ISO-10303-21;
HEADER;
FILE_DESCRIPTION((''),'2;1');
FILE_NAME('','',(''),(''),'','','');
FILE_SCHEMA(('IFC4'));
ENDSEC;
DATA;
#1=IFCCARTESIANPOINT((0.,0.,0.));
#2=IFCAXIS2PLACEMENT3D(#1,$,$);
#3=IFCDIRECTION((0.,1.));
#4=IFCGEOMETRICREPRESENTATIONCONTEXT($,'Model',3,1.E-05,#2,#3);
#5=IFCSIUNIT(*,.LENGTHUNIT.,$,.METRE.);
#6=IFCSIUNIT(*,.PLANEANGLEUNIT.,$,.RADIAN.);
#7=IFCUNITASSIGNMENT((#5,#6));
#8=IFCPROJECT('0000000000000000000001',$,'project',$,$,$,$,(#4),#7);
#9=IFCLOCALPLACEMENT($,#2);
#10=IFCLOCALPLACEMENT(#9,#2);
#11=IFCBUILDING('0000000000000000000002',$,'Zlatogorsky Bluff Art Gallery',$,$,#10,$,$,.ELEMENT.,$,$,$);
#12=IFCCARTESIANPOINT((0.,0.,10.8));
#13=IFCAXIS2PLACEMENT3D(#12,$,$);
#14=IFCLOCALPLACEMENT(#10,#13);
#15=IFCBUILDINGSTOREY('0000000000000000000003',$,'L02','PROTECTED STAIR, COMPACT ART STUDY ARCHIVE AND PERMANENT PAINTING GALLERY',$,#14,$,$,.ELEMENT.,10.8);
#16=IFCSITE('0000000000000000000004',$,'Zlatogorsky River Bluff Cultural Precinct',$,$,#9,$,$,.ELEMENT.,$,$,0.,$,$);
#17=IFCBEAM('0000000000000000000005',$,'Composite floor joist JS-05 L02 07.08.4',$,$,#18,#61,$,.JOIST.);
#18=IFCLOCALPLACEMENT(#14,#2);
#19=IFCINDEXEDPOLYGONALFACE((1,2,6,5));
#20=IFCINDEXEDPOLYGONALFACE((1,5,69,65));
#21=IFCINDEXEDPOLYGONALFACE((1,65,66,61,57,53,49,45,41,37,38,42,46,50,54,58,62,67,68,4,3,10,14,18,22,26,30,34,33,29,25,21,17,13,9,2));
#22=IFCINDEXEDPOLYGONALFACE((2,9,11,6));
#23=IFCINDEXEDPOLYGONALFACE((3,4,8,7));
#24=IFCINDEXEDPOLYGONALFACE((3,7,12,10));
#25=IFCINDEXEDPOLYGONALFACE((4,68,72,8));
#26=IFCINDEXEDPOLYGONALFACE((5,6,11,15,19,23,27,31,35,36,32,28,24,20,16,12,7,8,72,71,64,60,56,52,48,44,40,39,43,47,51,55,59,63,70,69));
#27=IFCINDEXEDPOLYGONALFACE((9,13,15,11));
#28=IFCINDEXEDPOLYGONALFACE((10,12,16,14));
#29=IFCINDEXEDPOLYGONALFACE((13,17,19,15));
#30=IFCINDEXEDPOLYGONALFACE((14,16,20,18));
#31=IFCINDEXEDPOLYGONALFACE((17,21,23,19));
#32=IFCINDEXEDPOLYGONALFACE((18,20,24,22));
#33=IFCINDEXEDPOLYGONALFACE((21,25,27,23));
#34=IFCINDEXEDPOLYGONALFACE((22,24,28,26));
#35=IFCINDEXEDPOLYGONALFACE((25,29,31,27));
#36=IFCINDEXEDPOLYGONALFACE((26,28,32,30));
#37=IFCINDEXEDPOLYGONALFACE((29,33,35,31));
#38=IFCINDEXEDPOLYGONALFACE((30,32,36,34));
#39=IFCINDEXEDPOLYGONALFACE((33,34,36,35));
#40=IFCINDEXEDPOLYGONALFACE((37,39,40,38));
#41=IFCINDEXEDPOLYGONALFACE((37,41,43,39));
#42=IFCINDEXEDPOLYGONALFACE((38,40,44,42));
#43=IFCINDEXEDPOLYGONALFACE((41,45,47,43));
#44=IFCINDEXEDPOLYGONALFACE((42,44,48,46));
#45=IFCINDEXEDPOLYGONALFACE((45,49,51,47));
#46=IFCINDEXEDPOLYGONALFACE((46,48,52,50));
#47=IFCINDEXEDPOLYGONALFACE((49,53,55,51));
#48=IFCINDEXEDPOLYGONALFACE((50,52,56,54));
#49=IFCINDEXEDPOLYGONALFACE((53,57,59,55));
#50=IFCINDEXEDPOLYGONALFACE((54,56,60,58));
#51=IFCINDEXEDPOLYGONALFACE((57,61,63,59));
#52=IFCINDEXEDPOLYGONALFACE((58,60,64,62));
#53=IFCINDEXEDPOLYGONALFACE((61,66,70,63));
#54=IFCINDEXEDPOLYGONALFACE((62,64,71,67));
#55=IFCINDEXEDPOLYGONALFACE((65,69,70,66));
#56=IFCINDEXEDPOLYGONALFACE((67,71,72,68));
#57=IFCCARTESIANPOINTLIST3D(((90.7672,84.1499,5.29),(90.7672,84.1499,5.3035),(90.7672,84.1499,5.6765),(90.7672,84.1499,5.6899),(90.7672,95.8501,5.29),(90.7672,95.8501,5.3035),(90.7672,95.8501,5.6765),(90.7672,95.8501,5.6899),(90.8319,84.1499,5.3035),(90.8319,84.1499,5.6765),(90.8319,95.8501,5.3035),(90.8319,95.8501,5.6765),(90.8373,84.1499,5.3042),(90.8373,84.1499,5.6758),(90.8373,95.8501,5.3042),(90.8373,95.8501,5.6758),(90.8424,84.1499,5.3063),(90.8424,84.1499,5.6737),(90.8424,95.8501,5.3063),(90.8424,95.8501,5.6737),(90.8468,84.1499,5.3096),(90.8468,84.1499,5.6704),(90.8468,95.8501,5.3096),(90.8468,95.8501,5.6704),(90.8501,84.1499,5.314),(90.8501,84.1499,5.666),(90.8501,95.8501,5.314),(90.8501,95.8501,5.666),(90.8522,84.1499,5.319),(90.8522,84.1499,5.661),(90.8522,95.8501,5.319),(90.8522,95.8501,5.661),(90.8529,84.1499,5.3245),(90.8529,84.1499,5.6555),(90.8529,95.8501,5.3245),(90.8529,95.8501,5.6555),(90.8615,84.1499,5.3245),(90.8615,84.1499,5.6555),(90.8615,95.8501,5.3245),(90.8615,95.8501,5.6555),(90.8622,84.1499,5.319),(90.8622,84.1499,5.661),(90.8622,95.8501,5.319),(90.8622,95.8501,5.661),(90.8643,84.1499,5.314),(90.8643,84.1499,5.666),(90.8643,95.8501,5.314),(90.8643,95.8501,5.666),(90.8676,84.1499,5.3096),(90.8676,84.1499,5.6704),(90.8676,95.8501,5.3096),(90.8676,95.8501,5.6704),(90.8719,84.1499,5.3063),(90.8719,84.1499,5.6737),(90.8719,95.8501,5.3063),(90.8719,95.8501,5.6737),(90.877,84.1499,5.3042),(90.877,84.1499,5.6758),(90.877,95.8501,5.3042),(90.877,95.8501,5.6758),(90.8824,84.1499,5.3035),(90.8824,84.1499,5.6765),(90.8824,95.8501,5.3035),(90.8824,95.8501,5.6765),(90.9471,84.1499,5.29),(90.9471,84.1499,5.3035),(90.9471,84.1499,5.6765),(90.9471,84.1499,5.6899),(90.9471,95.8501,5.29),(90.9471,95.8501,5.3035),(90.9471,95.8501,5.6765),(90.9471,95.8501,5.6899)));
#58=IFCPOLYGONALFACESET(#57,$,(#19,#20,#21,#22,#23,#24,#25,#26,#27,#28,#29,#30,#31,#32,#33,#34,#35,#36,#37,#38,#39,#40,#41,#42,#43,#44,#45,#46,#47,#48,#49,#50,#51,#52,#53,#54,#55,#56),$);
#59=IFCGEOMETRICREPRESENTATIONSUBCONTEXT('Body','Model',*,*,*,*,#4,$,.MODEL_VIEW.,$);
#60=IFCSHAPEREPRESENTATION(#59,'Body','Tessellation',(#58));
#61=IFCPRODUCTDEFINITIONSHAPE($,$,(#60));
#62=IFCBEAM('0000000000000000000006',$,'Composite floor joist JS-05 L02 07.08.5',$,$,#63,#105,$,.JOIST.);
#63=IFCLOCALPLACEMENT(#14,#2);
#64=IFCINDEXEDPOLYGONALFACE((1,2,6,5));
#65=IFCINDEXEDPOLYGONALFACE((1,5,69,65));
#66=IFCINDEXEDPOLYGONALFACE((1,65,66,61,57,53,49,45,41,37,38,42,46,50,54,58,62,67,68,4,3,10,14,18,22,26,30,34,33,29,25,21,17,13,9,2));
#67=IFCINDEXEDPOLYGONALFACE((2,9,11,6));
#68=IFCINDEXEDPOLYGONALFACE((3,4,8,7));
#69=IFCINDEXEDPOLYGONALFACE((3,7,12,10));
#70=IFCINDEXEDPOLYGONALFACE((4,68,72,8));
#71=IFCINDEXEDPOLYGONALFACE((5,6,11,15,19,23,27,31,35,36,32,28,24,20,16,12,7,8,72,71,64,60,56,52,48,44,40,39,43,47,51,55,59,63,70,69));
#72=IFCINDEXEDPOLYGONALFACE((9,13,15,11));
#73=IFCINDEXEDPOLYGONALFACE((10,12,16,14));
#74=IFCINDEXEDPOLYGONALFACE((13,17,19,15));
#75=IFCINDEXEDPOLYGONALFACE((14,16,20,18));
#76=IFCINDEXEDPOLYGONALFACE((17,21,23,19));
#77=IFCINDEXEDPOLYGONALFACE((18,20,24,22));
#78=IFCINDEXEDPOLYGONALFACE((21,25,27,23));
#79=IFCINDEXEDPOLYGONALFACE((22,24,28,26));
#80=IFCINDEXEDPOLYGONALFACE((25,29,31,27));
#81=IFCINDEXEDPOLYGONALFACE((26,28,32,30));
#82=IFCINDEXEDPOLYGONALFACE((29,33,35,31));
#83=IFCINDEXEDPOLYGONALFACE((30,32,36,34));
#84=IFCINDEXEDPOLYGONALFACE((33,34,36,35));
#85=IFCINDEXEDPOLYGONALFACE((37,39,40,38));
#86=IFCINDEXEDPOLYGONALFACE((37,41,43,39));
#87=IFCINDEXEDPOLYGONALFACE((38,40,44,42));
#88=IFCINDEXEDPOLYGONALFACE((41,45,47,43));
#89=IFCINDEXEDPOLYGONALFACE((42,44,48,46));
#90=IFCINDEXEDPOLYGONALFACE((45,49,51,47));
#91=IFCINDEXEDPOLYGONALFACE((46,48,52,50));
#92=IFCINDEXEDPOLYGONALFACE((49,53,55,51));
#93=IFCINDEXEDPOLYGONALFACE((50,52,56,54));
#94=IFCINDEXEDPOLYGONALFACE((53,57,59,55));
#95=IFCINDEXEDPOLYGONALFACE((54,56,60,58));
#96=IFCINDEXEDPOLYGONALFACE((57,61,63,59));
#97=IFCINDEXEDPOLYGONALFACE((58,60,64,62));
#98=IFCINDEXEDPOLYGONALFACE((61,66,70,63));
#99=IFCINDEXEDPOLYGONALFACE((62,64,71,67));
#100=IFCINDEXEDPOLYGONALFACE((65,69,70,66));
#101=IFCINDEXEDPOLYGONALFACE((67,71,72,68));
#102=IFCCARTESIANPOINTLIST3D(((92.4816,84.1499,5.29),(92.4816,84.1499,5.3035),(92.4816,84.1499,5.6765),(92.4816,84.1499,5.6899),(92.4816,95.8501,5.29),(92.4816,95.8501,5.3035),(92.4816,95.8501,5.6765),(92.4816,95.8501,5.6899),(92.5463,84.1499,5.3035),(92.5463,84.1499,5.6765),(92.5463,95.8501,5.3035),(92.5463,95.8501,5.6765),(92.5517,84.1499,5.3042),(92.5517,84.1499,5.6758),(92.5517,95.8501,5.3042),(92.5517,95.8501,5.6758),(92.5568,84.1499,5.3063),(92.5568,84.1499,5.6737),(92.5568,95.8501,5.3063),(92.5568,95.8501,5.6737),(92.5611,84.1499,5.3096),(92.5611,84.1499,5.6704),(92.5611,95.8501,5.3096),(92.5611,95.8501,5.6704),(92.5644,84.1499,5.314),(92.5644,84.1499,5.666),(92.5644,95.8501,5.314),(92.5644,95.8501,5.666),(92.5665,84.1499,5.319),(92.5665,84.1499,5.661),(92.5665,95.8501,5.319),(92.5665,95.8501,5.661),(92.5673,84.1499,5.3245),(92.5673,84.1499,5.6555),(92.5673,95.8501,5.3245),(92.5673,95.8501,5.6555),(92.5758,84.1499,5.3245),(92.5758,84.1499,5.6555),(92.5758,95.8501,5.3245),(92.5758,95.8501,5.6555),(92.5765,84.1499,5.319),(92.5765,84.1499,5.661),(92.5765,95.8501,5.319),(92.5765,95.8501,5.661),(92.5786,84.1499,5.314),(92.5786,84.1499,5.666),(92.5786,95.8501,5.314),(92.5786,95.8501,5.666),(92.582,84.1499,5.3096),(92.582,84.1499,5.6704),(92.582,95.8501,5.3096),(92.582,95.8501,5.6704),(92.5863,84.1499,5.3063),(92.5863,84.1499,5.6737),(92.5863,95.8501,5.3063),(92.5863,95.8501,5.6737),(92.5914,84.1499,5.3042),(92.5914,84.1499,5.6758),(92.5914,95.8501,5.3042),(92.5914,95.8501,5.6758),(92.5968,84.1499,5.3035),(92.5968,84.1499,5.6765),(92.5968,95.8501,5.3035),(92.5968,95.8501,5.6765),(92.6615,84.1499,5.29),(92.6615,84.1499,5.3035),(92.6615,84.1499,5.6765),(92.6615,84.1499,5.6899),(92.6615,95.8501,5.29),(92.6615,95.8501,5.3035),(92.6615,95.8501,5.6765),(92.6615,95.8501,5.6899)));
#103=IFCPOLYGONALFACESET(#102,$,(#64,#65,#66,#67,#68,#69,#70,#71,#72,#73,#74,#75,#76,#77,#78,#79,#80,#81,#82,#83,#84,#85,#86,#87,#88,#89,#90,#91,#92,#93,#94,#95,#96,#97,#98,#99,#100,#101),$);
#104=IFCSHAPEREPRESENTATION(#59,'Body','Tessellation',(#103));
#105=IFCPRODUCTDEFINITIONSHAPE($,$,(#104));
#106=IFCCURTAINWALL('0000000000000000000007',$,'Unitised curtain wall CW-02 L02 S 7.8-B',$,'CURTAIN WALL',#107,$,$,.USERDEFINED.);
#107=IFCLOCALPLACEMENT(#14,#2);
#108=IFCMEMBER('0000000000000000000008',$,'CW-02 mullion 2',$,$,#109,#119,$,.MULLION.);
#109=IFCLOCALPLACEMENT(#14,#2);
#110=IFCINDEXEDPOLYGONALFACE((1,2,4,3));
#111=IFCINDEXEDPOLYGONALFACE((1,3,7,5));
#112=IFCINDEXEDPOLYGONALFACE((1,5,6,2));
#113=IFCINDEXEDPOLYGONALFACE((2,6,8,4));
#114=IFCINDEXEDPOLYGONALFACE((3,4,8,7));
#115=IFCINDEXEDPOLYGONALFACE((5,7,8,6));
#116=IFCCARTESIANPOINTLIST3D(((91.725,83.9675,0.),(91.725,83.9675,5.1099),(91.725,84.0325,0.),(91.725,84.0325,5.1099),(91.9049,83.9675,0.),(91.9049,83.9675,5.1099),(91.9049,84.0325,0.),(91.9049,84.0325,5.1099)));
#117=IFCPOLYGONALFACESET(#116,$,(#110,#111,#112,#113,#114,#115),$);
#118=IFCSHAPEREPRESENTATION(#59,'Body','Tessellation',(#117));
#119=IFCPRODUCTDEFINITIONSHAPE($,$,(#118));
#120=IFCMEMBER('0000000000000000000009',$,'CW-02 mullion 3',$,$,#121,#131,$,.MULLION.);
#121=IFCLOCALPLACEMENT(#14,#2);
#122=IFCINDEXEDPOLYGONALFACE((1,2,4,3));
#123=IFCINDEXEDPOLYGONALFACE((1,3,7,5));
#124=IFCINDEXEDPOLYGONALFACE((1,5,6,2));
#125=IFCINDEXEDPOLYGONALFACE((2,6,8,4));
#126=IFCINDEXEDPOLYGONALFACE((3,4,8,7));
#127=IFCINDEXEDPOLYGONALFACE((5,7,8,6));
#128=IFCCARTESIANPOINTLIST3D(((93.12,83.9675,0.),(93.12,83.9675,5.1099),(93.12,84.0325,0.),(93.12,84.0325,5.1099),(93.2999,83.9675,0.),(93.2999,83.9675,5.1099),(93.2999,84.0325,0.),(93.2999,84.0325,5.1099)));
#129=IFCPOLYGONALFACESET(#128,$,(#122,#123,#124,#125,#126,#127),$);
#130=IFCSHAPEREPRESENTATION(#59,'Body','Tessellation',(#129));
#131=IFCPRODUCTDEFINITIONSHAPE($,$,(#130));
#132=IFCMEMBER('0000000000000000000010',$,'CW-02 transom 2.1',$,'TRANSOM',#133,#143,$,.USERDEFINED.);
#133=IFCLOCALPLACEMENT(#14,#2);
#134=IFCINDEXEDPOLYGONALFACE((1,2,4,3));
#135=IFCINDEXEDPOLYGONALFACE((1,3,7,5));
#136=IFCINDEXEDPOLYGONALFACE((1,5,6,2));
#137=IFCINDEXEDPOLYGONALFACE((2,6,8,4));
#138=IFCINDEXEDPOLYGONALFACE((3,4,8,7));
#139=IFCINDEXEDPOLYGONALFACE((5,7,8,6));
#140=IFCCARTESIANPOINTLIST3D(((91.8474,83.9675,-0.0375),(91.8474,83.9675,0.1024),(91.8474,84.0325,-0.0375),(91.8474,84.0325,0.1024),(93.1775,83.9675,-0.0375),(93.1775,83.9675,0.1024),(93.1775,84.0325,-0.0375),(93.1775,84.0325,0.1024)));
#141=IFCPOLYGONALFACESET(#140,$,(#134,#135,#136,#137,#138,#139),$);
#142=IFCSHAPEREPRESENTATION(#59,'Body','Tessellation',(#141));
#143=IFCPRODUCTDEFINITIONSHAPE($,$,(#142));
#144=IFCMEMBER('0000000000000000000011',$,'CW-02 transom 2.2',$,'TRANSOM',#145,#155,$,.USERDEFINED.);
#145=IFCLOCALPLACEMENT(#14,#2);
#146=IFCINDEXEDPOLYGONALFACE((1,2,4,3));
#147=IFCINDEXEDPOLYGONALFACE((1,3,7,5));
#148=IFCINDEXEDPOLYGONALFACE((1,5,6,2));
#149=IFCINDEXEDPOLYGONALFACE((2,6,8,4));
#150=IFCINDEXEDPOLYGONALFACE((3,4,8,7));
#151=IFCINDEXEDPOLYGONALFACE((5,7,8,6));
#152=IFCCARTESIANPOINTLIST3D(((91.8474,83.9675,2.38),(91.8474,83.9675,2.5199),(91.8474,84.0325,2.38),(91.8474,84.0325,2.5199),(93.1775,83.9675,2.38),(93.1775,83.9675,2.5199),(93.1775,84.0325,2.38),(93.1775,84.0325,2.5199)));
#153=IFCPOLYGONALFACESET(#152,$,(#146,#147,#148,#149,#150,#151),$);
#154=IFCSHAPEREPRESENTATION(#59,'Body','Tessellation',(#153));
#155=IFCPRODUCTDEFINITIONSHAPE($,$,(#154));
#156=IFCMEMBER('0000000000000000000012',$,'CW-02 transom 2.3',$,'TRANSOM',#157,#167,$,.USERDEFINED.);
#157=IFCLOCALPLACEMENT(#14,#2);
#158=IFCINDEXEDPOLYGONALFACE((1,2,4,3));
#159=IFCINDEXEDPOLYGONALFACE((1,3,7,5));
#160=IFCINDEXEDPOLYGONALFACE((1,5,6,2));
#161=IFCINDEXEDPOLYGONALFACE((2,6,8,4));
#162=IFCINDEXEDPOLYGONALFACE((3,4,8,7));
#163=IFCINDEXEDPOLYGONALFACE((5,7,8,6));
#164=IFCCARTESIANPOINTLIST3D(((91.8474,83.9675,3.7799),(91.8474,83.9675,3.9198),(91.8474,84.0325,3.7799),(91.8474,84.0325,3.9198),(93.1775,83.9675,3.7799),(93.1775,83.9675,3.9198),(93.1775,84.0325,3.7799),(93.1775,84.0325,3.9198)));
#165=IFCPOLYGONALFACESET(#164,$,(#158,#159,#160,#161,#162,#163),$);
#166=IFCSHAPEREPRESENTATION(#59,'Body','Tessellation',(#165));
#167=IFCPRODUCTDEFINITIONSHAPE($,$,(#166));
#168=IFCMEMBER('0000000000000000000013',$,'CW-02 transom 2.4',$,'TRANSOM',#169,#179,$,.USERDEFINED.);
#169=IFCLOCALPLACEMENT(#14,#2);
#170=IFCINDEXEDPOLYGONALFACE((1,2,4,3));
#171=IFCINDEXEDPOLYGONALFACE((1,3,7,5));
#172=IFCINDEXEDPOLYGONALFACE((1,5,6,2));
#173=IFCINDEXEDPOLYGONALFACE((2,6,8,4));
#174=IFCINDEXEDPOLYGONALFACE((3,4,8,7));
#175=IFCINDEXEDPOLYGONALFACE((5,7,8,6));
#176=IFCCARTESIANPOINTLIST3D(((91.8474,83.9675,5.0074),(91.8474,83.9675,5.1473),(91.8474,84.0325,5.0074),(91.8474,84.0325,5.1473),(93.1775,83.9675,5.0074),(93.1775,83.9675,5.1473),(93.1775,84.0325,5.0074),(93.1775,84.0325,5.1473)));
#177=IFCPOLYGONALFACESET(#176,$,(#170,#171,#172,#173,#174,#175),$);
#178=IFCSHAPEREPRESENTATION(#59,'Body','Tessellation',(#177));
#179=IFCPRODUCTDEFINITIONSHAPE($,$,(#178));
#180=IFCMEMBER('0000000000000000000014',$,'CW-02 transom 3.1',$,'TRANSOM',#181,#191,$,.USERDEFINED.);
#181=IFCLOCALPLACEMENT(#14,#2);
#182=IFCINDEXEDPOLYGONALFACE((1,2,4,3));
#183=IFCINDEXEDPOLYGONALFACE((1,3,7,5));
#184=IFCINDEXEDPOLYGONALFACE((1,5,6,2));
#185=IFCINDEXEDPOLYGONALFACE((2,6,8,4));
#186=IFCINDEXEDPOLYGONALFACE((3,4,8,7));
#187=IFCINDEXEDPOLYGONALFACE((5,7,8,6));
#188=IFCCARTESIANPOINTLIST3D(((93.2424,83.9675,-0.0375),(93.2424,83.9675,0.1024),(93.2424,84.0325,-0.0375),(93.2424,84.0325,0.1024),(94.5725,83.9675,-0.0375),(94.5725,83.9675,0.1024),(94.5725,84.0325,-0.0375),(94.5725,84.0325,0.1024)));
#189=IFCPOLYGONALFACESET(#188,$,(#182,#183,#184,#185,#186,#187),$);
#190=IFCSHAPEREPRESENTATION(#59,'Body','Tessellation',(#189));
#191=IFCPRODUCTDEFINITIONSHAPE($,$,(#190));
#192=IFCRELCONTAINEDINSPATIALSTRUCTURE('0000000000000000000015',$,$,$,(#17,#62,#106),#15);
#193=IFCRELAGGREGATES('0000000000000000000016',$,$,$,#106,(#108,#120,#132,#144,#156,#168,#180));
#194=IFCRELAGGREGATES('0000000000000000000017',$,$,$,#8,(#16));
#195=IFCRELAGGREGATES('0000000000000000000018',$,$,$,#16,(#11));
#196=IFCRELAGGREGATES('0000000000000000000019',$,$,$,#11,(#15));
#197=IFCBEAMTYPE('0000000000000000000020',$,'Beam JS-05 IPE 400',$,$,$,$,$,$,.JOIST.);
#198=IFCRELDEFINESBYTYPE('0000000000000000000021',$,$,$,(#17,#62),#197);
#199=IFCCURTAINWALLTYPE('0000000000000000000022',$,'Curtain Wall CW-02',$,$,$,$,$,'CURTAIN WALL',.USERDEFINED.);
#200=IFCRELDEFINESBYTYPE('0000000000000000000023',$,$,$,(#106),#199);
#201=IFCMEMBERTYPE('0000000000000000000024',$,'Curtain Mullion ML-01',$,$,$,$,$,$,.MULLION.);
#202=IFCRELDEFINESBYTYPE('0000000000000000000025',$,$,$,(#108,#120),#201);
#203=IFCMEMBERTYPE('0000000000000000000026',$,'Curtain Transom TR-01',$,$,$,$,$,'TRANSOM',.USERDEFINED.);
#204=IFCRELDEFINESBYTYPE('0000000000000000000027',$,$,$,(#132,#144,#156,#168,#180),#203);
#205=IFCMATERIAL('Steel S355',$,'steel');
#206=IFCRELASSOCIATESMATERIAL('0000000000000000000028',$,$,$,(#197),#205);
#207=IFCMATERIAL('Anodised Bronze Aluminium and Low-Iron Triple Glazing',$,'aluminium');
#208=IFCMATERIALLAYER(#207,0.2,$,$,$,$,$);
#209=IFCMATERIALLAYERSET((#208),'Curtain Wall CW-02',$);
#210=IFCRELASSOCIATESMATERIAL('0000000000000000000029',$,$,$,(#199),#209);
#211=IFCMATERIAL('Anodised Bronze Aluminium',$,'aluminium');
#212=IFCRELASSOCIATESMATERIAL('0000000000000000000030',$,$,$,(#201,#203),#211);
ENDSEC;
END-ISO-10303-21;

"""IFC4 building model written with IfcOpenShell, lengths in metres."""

from ifc_helpers import new_model, si_unit, direction, frame, origin, origin_2d, place, context, subcontext, project, spatial, rectangle, i_section, extrude, material, layer, layer_set, material_profile, profile_set, type_object, element, aggregate, save


model = new_model("IFC4")

# Units and contexts
model_context = context("Model", 3, precision=1e-05, world=origin(), true_north=direction((0.0, 1.0)))
body_context = subcontext(model_context, "Body", "Model", "MODEL_VIEW")
ifc_project = project(units=[si_unit("LENGTHUNIT", "METRE"), si_unit("PLANEANGLEUNIT", "RADIAN")], contexts=[model_context])

# Site, building, storey
site_placement = place(None, origin())
site = spatial("IfcSite", under=ifc_project, at=site_placement, Name="Zlatogorsky River Bluff Cultural Precinct", CompositionType="ELEMENT", RefElevation=0.0)
building_placement = place(site_placement, origin())
building = spatial("IfcBuilding", under=site, at=building_placement, Name="Zlatogorsky Bluff Art Gallery", CompositionType="ELEMENT")
storey_placement = place(building_placement, frame((0.0, 0.0, 10.8)))
storey = spatial("IfcBuildingStorey", under=building, at=storey_placement, Name="L02", Description="PROTECTED STAIR, COMPACT ART STUDY ARCHIVE AND PERMANENT PAINTING GALLERY", CompositionType="ELEMENT", Elevation=10.8)

# Beams
ifc_material_1 = material(Name="Steel S355", Category="steel")
ifc_material_profile_1 = material_profile(ifc_material_1, i_section(OverallWidth=0.1799, OverallDepth=0.3999, WebThickness=0.0085, FlangeThickness=0.0134, FilletRadius=0.021, at=origin_2d()), Name="IPE 400")
ifc_profile_set_1 = profile_set([ifc_material_profile_1], Name="Steel S355")
beam_type = type_object("IfcBeamType", Name="Beam JS-05 IPE 400", PredefinedType="JOIST", material=ifc_profile_set_1)
for number, where, z_axis, x_axis, name in (
    (1, (90.8572, 84.1499, 5.49), (0.0, 1.0, 0.0), (-1.0, 0.0, 0.0), "Composite floor joist JS-05 L02 07.08.4"),
    (2, (92.5715, 84.1499, 5.49), (0.0, 1.0, 0.0), (-1.0, 0.0, 0.0), "Composite floor joist JS-05 L02 07.08.5"),
):
    element("IfcBeam", number, at=place(storey_placement, frame(where, z_axis=z_axis, x_axis=x_axis)), inside=storey, type_object=beam_type, Name=name, PredefinedType="JOIST", context=body_context, shape_type="SweptSolid", body=[
        extrude(i_section(OverallWidth=0.1799, OverallDepth=0.3999, WebThickness=0.0085, FlangeThickness=0.0134, FilletRadius=0.021, at=origin_2d()), origin(), (0.0, 0.0, 1.0), 11.7002),
    ])

# Curtain wall, members
ifc_material_2 = material(Name="Anodised Bronze Aluminium and Low-Iron Triple Glazing", Category="aluminium")
ifc_layer_1 = layer(ifc_material_2, 0.2)
ifc_layer_set_1 = layer_set([ifc_layer_1], Name="Curtain Wall CW-02")
curtain_wall_type = type_object("IfcCurtainWallType", Name="Curtain Wall CW-02", ElementType="CURTAIN WALL", PredefinedType="USERDEFINED", material=ifc_layer_set_1)
curtain_wall_placement = place(storey_placement, origin())
curtain_wall = element("IfcCurtainWall", 3, at=curtain_wall_placement, inside=storey, type_object=curtain_wall_type, Name="Unitised curtain wall CW-02 L02 S 7.8-B", ObjectType="CURTAIN WALL", PredefinedType="USERDEFINED")
ifc_material_3 = material(Name="Anodised Bronze Aluminium", Category="aluminium")
ifc_material_profile_2 = material_profile(ifc_material_3, rectangle(XDim=0.0649, YDim=0.1799, at=origin_2d()), Name="ALU MULLION 65x180")
ifc_profile_set_2 = profile_set([ifc_material_profile_2], Name="Anodised Bronze Aluminium")
member_type_1 = type_object("IfcMemberType", Name="Curtain Mullion ML-01", PredefinedType="MULLION", material=ifc_profile_set_2)
member_1_placement = place(storey_placement, frame((91.8149, 84.0, 0.0), z_axis=(0.0, 0.0, 1.0), x_axis=(0.0, 1.0, 0.0)))
member_1 = element("IfcMember", 4, at=member_1_placement, type_object=member_type_1, Name="CW-02 mullion 2", PredefinedType="MULLION", context=body_context, shape_type="SweptSolid", body=[
    extrude(rectangle(XDim=0.0649, YDim=0.1799, at=origin_2d()), origin(), (0.0, 0.0, 1.0), 5.1099),
])
member_2_placement = place(storey_placement, frame((93.21, 84.0, 0.0), z_axis=(0.0, 0.0, 1.0), x_axis=(0.0, 1.0, 0.0)))
member_2 = element("IfcMember", 5, at=member_2_placement, type_object=member_type_1, Name="CW-02 mullion 3", PredefinedType="MULLION", context=body_context, shape_type="SweptSolid", body=[
    extrude(rectangle(XDim=0.0649, YDim=0.1799, at=origin_2d()), origin(), (0.0, 0.0, 1.0), 5.1099),
])
ifc_material_profile_3 = material_profile(ifc_material_3, rectangle(XDim=0.0649, YDim=0.1399, at=origin_2d()), Name="ALU TRANSOM 65x140")
ifc_profile_set_3 = profile_set([ifc_material_profile_3], Name="Anodised Bronze Aluminium")
member_type_2 = type_object("IfcMemberType", Name="Curtain Transom TR-01", ElementType="TRANSOM", PredefinedType="USERDEFINED", material=ifc_profile_set_3)
member_3_placement = place(storey_placement, frame((91.8474, 84.0, 0.0325), z_axis=(1.0, 0.0, 0.0), x_axis=(0.0, 1.0, 0.0)))
member_3 = element("IfcMember", 6, at=member_3_placement, type_object=member_type_2, Name="CW-02 transom 2.1", ObjectType="TRANSOM", PredefinedType="USERDEFINED", context=body_context, shape_type="SweptSolid", body=[
    extrude(rectangle(XDim=0.0649, YDim=0.1399, at=origin_2d()), origin(), (0.0, 0.0, 1.0), 1.3301),
])
member_4_placement = place(storey_placement, frame((91.8474, 84.0, 2.45), z_axis=(1.0, 0.0, 0.0), x_axis=(0.0, 1.0, 0.0)))
member_4 = element("IfcMember", 7, at=member_4_placement, type_object=member_type_2, Name="CW-02 transom 2.2", ObjectType="TRANSOM", PredefinedType="USERDEFINED", context=body_context, shape_type="SweptSolid", body=[
    extrude(rectangle(XDim=0.0649, YDim=0.1399, at=origin_2d()), origin(), (0.0, 0.0, 1.0), 1.3301),
])
member_5_placement = place(storey_placement, frame((91.8474, 84.0, 3.8499), z_axis=(1.0, 0.0, 0.0), x_axis=(0.0, 1.0, 0.0)))
member_5 = element("IfcMember", 8, at=member_5_placement, type_object=member_type_2, Name="CW-02 transom 2.3", ObjectType="TRANSOM", PredefinedType="USERDEFINED", context=body_context, shape_type="SweptSolid", body=[
    extrude(rectangle(XDim=0.0649, YDim=0.1399, at=origin_2d()), origin(), (0.0, 0.0, 1.0), 1.3301),
])
member_6_placement = place(storey_placement, frame((91.8474, 84.0, 5.0774), z_axis=(1.0, 0.0, 0.0), x_axis=(0.0, 1.0, 0.0)))
member_6 = element("IfcMember", 9, at=member_6_placement, type_object=member_type_2, Name="CW-02 transom 2.4", ObjectType="TRANSOM", PredefinedType="USERDEFINED", context=body_context, shape_type="SweptSolid", body=[
    extrude(rectangle(XDim=0.0649, YDim=0.1399, at=origin_2d()), origin(), (0.0, 0.0, 1.0), 1.3301),
])
member_7_placement = place(storey_placement, frame((93.2424, 84.0, 0.0325), z_axis=(1.0, 0.0, 0.0), x_axis=(0.0, 1.0, 0.0)))
member_7 = element("IfcMember", 10, at=member_7_placement, type_object=member_type_2, Name="CW-02 transom 3.1", ObjectType="TRANSOM", PredefinedType="USERDEFINED", context=body_context, shape_type="SweptSolid", body=[
    extrude(rectangle(XDim=0.0649, YDim=0.1399, at=origin_2d()), origin(), (0.0, 0.0, 1.0), 1.3301),
])
aggregate(curtain_wall, [member_1, member_2, member_3, member_4, member_5, member_6, member_7])

save(model, "model.ifc")
